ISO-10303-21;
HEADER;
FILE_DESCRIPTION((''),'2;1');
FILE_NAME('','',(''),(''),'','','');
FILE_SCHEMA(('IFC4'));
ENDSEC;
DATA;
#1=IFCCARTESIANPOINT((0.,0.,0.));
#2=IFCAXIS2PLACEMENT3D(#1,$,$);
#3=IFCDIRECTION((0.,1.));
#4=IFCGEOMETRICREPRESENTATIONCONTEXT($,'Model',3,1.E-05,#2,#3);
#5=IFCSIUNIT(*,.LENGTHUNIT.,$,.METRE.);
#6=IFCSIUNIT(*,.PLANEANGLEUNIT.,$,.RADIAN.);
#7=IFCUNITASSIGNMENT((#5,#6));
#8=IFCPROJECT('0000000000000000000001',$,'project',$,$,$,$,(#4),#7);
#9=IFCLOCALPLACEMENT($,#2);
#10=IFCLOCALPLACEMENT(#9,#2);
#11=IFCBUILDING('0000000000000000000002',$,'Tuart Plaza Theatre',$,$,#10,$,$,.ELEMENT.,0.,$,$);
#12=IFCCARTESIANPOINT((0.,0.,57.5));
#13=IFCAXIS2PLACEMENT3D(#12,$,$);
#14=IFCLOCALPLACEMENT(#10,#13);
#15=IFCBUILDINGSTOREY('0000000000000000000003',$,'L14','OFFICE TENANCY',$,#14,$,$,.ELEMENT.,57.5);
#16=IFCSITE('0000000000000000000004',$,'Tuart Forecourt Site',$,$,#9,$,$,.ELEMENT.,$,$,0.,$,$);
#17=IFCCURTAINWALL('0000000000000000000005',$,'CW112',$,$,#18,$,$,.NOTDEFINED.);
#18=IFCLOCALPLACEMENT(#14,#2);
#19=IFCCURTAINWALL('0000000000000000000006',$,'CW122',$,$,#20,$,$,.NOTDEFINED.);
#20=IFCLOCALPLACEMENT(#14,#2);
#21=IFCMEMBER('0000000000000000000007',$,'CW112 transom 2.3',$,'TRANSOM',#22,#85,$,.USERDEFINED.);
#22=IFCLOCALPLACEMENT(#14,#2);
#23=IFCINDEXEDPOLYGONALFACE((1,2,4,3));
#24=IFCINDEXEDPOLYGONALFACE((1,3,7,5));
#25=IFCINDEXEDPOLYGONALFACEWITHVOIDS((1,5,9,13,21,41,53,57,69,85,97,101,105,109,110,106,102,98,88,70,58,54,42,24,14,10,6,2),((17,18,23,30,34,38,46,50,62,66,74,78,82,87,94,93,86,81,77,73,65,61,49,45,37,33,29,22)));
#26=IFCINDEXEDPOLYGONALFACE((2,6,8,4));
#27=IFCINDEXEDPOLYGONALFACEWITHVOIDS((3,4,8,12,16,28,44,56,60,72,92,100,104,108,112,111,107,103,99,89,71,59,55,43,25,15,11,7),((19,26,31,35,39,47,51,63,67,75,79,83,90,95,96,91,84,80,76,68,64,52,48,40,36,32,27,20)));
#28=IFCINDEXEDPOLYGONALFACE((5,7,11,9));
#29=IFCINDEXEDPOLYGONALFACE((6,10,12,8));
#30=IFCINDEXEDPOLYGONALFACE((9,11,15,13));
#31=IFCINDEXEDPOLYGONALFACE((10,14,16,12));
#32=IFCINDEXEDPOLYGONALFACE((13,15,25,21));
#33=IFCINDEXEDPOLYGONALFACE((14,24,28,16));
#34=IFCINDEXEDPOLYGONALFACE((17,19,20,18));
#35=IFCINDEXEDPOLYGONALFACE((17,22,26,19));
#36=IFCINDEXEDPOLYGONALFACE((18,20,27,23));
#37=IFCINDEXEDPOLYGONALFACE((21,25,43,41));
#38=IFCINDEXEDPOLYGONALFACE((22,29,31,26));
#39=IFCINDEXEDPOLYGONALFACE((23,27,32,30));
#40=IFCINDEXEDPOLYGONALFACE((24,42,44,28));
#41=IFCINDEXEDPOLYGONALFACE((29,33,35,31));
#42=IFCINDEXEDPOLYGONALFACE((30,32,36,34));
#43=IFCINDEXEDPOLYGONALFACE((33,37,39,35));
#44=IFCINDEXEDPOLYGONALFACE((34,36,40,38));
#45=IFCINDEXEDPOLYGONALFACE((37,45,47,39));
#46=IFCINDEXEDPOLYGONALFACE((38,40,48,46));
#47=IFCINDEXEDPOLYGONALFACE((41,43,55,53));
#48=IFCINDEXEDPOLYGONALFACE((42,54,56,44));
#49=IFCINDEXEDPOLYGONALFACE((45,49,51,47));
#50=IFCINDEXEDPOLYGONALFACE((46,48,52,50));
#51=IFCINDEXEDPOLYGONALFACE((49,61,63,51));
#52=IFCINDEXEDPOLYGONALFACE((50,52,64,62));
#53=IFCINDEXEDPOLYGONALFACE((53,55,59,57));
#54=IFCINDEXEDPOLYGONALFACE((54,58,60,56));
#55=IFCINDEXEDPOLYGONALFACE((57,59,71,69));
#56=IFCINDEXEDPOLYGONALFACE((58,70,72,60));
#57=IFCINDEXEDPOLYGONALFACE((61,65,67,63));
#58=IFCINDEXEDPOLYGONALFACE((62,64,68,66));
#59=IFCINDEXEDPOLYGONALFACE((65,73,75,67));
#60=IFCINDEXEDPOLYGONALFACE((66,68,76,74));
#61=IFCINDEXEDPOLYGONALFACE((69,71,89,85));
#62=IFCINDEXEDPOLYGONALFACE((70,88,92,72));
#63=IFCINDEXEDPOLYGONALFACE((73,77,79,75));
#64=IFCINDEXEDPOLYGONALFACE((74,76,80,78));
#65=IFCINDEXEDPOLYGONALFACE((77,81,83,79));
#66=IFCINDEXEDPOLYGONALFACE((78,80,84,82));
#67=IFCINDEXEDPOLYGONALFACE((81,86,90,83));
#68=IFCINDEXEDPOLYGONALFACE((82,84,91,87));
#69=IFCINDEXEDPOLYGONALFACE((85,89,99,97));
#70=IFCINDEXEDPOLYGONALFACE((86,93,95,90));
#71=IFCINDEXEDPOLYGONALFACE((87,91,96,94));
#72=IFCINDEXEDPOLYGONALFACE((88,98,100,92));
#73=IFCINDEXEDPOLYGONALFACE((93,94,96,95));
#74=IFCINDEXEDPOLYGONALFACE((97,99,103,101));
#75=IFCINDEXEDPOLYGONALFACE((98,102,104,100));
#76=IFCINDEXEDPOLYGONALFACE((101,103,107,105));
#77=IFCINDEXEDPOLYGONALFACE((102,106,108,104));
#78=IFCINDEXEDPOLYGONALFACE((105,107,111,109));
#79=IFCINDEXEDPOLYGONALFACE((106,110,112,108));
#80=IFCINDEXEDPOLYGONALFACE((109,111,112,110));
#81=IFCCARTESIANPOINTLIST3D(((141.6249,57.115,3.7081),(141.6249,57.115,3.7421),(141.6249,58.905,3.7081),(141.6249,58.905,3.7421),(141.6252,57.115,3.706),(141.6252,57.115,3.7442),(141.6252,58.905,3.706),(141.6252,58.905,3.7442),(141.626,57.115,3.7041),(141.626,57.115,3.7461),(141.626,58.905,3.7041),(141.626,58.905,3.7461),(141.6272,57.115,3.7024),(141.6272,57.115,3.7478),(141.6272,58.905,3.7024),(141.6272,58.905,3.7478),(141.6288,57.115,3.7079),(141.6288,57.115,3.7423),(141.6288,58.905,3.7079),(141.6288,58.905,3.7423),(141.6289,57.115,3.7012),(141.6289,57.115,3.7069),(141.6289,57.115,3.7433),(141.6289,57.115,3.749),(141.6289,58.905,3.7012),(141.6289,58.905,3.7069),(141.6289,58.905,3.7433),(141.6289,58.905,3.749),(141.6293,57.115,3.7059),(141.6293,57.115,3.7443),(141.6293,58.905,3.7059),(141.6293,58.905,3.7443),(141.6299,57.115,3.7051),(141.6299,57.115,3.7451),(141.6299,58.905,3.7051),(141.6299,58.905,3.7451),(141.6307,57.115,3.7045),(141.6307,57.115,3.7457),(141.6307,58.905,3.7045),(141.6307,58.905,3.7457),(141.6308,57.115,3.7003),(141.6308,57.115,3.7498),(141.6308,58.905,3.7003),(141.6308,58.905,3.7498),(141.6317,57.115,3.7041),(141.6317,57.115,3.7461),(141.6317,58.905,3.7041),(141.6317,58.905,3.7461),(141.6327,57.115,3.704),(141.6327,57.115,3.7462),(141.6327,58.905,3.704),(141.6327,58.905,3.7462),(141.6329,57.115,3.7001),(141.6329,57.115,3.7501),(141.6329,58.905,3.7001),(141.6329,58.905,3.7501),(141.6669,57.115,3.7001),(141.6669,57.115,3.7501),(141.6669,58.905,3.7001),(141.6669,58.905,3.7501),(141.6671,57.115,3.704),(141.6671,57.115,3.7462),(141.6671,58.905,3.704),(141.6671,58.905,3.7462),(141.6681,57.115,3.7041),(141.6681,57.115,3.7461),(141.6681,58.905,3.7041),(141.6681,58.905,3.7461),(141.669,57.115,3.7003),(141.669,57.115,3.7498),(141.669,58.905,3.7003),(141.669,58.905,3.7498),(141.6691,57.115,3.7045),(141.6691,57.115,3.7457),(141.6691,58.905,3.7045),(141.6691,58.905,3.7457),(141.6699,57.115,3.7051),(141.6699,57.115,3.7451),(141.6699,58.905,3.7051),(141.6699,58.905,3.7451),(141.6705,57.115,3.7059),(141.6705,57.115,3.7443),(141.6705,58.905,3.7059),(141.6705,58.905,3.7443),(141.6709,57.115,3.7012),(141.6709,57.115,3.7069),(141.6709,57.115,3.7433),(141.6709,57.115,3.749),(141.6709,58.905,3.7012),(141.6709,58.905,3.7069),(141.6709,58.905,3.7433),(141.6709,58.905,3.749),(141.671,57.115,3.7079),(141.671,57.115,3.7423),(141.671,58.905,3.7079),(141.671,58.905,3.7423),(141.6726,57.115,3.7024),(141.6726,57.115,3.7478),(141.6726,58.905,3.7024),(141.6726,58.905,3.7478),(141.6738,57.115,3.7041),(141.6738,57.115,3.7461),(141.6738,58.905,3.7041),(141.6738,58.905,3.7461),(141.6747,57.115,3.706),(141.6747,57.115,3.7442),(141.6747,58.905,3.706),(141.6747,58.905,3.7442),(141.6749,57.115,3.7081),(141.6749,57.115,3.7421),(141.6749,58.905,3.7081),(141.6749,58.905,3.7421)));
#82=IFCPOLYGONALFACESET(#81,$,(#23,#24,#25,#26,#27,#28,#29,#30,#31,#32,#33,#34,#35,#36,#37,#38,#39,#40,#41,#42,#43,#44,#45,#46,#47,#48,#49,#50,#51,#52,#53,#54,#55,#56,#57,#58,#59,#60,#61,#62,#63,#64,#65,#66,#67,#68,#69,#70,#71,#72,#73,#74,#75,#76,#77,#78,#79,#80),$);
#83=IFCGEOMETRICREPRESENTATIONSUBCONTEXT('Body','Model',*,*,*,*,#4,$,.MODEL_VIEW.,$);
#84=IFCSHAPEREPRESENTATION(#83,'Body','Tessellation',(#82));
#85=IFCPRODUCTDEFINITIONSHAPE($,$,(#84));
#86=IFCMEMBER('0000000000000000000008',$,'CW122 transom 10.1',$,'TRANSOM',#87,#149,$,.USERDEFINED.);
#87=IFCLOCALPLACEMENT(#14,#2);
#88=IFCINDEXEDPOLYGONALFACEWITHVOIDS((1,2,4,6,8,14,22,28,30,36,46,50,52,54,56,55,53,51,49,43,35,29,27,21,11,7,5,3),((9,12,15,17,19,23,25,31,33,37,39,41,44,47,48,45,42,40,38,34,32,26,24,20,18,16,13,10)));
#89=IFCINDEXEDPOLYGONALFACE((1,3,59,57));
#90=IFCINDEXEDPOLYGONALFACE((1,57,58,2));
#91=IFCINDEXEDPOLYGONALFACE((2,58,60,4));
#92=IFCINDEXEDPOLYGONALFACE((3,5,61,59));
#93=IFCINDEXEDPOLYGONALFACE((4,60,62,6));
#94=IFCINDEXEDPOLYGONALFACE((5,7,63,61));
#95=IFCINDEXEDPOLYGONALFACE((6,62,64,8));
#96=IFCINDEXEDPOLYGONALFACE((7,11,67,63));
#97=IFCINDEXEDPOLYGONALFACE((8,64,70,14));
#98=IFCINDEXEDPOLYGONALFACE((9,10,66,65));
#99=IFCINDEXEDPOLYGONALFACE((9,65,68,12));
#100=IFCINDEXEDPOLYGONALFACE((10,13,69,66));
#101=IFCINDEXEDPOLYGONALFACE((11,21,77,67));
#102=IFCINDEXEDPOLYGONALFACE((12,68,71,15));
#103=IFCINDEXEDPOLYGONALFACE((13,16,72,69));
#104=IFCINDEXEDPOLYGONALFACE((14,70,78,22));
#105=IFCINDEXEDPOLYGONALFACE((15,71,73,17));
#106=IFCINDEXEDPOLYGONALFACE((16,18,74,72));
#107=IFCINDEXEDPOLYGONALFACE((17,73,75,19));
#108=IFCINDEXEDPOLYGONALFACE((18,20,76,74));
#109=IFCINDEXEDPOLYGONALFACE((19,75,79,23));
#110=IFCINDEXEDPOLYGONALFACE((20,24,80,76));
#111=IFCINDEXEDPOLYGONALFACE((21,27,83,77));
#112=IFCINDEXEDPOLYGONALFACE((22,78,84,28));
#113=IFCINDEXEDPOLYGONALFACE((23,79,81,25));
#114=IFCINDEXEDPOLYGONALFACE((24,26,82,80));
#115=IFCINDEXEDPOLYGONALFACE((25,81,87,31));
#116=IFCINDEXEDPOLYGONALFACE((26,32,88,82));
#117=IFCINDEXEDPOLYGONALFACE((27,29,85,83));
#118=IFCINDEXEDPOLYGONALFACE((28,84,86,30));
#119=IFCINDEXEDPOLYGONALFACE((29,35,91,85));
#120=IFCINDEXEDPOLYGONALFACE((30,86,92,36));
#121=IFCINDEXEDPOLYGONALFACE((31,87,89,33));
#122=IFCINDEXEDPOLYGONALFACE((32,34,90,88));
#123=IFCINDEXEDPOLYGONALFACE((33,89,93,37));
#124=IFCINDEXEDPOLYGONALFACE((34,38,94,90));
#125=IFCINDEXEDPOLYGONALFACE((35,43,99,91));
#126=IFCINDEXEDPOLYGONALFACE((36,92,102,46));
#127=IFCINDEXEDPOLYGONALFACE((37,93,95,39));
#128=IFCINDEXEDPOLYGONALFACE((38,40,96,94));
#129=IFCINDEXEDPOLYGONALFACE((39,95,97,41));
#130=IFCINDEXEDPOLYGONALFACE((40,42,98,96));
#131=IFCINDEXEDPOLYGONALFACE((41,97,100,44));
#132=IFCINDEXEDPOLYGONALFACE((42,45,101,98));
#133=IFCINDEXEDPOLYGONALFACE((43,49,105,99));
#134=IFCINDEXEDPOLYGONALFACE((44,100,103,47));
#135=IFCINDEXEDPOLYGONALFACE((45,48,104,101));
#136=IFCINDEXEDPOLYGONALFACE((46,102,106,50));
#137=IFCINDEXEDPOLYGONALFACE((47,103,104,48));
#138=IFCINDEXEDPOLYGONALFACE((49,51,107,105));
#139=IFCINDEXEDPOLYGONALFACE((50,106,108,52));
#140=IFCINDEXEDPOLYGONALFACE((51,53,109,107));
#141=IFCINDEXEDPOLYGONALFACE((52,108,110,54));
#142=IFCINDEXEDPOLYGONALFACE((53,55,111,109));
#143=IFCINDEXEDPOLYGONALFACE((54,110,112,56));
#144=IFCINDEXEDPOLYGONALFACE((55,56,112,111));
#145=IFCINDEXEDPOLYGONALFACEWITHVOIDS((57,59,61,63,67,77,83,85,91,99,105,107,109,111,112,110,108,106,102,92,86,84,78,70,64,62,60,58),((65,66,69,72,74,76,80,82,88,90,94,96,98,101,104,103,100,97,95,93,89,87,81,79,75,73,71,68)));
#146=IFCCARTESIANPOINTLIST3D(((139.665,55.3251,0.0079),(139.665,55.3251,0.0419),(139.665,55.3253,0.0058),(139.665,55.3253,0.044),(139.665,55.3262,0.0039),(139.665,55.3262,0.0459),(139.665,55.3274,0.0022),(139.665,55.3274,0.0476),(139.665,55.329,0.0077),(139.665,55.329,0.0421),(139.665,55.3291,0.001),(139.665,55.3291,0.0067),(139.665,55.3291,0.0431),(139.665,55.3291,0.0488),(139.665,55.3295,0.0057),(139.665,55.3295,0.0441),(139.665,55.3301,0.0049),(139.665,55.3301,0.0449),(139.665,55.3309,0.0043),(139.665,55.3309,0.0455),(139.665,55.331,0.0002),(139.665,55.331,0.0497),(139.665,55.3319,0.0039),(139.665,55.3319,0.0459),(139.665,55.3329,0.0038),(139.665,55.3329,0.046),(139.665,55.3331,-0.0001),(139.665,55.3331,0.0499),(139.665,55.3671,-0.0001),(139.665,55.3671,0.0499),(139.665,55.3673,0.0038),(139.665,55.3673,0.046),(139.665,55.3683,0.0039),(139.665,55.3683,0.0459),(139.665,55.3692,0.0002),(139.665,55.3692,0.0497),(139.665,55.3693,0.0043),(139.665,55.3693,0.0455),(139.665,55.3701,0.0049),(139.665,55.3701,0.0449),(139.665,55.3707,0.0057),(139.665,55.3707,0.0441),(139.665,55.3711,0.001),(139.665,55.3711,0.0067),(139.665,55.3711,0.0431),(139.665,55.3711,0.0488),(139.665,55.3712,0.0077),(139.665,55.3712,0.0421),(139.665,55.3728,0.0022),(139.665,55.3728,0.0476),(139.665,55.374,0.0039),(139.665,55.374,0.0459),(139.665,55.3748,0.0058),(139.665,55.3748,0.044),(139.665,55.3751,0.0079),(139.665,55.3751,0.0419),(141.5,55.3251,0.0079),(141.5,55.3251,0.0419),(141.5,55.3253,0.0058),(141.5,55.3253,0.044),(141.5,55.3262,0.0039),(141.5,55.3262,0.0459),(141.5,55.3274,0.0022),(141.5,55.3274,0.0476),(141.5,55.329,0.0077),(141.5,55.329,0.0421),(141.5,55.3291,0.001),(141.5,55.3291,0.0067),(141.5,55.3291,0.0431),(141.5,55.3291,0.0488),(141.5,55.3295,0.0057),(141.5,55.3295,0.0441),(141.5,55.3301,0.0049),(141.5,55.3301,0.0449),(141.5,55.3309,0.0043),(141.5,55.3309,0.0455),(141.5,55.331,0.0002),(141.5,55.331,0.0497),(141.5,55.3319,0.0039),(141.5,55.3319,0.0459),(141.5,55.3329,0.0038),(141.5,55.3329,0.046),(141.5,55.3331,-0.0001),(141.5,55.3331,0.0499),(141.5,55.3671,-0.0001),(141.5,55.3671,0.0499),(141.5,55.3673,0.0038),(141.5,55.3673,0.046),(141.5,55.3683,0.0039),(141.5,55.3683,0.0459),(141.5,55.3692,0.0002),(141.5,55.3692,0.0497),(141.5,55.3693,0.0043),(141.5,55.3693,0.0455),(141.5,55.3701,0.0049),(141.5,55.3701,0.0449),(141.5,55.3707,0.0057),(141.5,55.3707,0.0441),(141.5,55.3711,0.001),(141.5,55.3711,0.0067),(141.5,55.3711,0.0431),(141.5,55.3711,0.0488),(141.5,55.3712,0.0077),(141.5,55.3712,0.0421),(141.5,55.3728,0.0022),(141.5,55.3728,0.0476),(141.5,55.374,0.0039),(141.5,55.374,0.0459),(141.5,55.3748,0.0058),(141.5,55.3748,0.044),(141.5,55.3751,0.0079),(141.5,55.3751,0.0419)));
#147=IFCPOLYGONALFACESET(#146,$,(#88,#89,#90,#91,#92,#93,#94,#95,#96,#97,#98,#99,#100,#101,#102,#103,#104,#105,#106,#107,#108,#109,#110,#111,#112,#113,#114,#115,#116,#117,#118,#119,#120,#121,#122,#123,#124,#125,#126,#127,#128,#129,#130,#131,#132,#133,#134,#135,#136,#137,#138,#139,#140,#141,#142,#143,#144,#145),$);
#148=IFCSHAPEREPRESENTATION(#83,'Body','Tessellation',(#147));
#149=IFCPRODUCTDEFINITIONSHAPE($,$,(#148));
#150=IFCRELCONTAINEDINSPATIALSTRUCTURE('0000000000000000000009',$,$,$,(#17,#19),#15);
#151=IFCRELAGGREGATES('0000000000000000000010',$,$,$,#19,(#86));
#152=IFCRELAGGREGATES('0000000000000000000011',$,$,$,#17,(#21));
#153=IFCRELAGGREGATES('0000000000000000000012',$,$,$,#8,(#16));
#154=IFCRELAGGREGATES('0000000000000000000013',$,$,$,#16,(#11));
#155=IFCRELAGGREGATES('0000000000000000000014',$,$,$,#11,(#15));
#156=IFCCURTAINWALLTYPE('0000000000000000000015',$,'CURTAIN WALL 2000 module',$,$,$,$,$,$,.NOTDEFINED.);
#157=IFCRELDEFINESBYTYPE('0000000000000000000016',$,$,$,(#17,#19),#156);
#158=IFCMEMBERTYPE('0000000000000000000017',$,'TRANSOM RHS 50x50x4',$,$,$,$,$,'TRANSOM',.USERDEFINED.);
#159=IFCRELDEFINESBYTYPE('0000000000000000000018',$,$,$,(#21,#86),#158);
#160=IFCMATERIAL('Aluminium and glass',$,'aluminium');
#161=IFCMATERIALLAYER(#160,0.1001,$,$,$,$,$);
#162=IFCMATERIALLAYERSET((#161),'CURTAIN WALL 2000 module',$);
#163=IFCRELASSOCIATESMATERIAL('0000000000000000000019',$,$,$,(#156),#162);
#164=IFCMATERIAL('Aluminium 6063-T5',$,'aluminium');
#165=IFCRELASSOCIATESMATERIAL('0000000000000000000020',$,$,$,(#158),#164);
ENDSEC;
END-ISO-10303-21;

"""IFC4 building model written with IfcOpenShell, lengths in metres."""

from ifc_helpers import new_model, si_unit, direction, frame, origin, origin_2d, place, context, subcontext, project, spatial, hollow_rectangle, extrude, material, layer, layer_set, material_profile, profile_set, type_object, element, aggregate, save


model = new_model("IFC4")

# Units and contexts
model_context = context("Model", 3, precision=1e-05, world=origin(), true_north=direction((0.0, 1.0)))
body_context = subcontext(model_context, "Body", "Model", "MODEL_VIEW")
ifc_project = project(units=[si_unit("LENGTHUNIT", "METRE"), si_unit("PLANEANGLEUNIT", "RADIAN")], contexts=[model_context])

# Site, building, storey
site_placement = place(None, origin())
site = spatial("IfcSite", under=ifc_project, at=site_placement, Name="Tuart Forecourt Site", CompositionType="ELEMENT", RefElevation=0.0)
building_placement = place(site_placement, origin())
building = spatial("IfcBuilding", under=site, at=building_placement, Name="Tuart Plaza Theatre", CompositionType="ELEMENT", ElevationOfRefHeight=0.0)
storey_placement = place(building_placement, frame((0.0, 0.0, 57.5)))
storey = spatial("IfcBuildingStorey", under=building, at=storey_placement, Name="L14", Description="OFFICE TENANCY", CompositionType="ELEMENT", Elevation=57.5)

# Curtain wall
ifc_material_1 = material(Name="Aluminium and glass", Category="aluminium")
ifc_layer_1 = layer(ifc_material_1, 0.1001)
ifc_layer_set_1 = layer_set([ifc_layer_1], Name="CURTAIN WALL 2000 module")
curtain_wall_type = type_object("IfcCurtainWallType", Name="CURTAIN WALL 2000 module", PredefinedType="NOTDEFINED", material=ifc_layer_set_1)
curtain_wall_1_placement = place(storey_placement, origin())
curtain_wall_1 = element("IfcCurtainWall", 1, at=curtain_wall_1_placement, inside=storey, type_object=curtain_wall_type, Name="CW112", PredefinedType="NOTDEFINED")

# Curtain wall
curtain_wall_2_placement = place(storey_placement, origin())
curtain_wall_2 = element("IfcCurtainWall", 2, at=curtain_wall_2_placement, inside=storey, type_object=curtain_wall_type, Name="CW122", PredefinedType="NOTDEFINED")

# Members
ifc_material_2 = material(Name="Aluminium 6063-T5", Category="aluminium")
ifc_material_profile_1 = material_profile(ifc_material_2, hollow_rectangle(XDim=0.05, YDim=0.05, WallThickness=0.0039, InnerFilletRadius=0.0039, OuterFilletRadius=0.0081, at=origin_2d()), Name="RHS 50x50x4")
ifc_profile_set_1 = profile_set([ifc_material_profile_1], Name="Aluminium 6063-T5")
member_type_1 = type_object("IfcMemberType", Name="TRANSOM RHS 50x50x4", ElementType="TRANSOM", PredefinedType="USERDEFINED", material=ifc_profile_set_1)
member_1_placement = place(storey_placement, frame((141.6499, 57.115, 3.7251), z_axis=(0.0, 1.0, 0.0), x_axis=(-1.0, 0.0, 0.0)))
member_1 = element("IfcMember", 3, at=member_1_placement, type_object=member_type_1, Name="CW112 transom 2.3", ObjectType="TRANSOM", PredefinedType="USERDEFINED", context=body_context, shape_type="SweptSolid", body=[
    extrude(hollow_rectangle(XDim=0.05, YDim=0.05, WallThickness=0.0039, InnerFilletRadius=0.0039, OuterFilletRadius=0.0081, at=origin_2d()), origin(), (0.0, 0.0, 1.0), 1.79),
])
member_2_placement = place(storey_placement, frame((139.665, 55.3501, 0.0249), z_axis=(1.0, 0.0, 0.0), x_axis=(0.0, 1.0, 0.0)))
member_2 = element("IfcMember", 4, at=member_2_placement, type_object=member_type_1, Name="CW122 transom 10.1", ObjectType="TRANSOM", PredefinedType="USERDEFINED", context=body_context, shape_type="SweptSolid", body=[
    extrude(hollow_rectangle(XDim=0.05, YDim=0.05, WallThickness=0.0039, InnerFilletRadius=0.0039, OuterFilletRadius=0.0081, at=origin_2d()), origin(), (0.0, 0.0, 1.0), 1.835),
])

aggregate(curtain_wall_2, [member_2])
aggregate(curtain_wall_1, [member_1])

save(model, "model.ifc")
